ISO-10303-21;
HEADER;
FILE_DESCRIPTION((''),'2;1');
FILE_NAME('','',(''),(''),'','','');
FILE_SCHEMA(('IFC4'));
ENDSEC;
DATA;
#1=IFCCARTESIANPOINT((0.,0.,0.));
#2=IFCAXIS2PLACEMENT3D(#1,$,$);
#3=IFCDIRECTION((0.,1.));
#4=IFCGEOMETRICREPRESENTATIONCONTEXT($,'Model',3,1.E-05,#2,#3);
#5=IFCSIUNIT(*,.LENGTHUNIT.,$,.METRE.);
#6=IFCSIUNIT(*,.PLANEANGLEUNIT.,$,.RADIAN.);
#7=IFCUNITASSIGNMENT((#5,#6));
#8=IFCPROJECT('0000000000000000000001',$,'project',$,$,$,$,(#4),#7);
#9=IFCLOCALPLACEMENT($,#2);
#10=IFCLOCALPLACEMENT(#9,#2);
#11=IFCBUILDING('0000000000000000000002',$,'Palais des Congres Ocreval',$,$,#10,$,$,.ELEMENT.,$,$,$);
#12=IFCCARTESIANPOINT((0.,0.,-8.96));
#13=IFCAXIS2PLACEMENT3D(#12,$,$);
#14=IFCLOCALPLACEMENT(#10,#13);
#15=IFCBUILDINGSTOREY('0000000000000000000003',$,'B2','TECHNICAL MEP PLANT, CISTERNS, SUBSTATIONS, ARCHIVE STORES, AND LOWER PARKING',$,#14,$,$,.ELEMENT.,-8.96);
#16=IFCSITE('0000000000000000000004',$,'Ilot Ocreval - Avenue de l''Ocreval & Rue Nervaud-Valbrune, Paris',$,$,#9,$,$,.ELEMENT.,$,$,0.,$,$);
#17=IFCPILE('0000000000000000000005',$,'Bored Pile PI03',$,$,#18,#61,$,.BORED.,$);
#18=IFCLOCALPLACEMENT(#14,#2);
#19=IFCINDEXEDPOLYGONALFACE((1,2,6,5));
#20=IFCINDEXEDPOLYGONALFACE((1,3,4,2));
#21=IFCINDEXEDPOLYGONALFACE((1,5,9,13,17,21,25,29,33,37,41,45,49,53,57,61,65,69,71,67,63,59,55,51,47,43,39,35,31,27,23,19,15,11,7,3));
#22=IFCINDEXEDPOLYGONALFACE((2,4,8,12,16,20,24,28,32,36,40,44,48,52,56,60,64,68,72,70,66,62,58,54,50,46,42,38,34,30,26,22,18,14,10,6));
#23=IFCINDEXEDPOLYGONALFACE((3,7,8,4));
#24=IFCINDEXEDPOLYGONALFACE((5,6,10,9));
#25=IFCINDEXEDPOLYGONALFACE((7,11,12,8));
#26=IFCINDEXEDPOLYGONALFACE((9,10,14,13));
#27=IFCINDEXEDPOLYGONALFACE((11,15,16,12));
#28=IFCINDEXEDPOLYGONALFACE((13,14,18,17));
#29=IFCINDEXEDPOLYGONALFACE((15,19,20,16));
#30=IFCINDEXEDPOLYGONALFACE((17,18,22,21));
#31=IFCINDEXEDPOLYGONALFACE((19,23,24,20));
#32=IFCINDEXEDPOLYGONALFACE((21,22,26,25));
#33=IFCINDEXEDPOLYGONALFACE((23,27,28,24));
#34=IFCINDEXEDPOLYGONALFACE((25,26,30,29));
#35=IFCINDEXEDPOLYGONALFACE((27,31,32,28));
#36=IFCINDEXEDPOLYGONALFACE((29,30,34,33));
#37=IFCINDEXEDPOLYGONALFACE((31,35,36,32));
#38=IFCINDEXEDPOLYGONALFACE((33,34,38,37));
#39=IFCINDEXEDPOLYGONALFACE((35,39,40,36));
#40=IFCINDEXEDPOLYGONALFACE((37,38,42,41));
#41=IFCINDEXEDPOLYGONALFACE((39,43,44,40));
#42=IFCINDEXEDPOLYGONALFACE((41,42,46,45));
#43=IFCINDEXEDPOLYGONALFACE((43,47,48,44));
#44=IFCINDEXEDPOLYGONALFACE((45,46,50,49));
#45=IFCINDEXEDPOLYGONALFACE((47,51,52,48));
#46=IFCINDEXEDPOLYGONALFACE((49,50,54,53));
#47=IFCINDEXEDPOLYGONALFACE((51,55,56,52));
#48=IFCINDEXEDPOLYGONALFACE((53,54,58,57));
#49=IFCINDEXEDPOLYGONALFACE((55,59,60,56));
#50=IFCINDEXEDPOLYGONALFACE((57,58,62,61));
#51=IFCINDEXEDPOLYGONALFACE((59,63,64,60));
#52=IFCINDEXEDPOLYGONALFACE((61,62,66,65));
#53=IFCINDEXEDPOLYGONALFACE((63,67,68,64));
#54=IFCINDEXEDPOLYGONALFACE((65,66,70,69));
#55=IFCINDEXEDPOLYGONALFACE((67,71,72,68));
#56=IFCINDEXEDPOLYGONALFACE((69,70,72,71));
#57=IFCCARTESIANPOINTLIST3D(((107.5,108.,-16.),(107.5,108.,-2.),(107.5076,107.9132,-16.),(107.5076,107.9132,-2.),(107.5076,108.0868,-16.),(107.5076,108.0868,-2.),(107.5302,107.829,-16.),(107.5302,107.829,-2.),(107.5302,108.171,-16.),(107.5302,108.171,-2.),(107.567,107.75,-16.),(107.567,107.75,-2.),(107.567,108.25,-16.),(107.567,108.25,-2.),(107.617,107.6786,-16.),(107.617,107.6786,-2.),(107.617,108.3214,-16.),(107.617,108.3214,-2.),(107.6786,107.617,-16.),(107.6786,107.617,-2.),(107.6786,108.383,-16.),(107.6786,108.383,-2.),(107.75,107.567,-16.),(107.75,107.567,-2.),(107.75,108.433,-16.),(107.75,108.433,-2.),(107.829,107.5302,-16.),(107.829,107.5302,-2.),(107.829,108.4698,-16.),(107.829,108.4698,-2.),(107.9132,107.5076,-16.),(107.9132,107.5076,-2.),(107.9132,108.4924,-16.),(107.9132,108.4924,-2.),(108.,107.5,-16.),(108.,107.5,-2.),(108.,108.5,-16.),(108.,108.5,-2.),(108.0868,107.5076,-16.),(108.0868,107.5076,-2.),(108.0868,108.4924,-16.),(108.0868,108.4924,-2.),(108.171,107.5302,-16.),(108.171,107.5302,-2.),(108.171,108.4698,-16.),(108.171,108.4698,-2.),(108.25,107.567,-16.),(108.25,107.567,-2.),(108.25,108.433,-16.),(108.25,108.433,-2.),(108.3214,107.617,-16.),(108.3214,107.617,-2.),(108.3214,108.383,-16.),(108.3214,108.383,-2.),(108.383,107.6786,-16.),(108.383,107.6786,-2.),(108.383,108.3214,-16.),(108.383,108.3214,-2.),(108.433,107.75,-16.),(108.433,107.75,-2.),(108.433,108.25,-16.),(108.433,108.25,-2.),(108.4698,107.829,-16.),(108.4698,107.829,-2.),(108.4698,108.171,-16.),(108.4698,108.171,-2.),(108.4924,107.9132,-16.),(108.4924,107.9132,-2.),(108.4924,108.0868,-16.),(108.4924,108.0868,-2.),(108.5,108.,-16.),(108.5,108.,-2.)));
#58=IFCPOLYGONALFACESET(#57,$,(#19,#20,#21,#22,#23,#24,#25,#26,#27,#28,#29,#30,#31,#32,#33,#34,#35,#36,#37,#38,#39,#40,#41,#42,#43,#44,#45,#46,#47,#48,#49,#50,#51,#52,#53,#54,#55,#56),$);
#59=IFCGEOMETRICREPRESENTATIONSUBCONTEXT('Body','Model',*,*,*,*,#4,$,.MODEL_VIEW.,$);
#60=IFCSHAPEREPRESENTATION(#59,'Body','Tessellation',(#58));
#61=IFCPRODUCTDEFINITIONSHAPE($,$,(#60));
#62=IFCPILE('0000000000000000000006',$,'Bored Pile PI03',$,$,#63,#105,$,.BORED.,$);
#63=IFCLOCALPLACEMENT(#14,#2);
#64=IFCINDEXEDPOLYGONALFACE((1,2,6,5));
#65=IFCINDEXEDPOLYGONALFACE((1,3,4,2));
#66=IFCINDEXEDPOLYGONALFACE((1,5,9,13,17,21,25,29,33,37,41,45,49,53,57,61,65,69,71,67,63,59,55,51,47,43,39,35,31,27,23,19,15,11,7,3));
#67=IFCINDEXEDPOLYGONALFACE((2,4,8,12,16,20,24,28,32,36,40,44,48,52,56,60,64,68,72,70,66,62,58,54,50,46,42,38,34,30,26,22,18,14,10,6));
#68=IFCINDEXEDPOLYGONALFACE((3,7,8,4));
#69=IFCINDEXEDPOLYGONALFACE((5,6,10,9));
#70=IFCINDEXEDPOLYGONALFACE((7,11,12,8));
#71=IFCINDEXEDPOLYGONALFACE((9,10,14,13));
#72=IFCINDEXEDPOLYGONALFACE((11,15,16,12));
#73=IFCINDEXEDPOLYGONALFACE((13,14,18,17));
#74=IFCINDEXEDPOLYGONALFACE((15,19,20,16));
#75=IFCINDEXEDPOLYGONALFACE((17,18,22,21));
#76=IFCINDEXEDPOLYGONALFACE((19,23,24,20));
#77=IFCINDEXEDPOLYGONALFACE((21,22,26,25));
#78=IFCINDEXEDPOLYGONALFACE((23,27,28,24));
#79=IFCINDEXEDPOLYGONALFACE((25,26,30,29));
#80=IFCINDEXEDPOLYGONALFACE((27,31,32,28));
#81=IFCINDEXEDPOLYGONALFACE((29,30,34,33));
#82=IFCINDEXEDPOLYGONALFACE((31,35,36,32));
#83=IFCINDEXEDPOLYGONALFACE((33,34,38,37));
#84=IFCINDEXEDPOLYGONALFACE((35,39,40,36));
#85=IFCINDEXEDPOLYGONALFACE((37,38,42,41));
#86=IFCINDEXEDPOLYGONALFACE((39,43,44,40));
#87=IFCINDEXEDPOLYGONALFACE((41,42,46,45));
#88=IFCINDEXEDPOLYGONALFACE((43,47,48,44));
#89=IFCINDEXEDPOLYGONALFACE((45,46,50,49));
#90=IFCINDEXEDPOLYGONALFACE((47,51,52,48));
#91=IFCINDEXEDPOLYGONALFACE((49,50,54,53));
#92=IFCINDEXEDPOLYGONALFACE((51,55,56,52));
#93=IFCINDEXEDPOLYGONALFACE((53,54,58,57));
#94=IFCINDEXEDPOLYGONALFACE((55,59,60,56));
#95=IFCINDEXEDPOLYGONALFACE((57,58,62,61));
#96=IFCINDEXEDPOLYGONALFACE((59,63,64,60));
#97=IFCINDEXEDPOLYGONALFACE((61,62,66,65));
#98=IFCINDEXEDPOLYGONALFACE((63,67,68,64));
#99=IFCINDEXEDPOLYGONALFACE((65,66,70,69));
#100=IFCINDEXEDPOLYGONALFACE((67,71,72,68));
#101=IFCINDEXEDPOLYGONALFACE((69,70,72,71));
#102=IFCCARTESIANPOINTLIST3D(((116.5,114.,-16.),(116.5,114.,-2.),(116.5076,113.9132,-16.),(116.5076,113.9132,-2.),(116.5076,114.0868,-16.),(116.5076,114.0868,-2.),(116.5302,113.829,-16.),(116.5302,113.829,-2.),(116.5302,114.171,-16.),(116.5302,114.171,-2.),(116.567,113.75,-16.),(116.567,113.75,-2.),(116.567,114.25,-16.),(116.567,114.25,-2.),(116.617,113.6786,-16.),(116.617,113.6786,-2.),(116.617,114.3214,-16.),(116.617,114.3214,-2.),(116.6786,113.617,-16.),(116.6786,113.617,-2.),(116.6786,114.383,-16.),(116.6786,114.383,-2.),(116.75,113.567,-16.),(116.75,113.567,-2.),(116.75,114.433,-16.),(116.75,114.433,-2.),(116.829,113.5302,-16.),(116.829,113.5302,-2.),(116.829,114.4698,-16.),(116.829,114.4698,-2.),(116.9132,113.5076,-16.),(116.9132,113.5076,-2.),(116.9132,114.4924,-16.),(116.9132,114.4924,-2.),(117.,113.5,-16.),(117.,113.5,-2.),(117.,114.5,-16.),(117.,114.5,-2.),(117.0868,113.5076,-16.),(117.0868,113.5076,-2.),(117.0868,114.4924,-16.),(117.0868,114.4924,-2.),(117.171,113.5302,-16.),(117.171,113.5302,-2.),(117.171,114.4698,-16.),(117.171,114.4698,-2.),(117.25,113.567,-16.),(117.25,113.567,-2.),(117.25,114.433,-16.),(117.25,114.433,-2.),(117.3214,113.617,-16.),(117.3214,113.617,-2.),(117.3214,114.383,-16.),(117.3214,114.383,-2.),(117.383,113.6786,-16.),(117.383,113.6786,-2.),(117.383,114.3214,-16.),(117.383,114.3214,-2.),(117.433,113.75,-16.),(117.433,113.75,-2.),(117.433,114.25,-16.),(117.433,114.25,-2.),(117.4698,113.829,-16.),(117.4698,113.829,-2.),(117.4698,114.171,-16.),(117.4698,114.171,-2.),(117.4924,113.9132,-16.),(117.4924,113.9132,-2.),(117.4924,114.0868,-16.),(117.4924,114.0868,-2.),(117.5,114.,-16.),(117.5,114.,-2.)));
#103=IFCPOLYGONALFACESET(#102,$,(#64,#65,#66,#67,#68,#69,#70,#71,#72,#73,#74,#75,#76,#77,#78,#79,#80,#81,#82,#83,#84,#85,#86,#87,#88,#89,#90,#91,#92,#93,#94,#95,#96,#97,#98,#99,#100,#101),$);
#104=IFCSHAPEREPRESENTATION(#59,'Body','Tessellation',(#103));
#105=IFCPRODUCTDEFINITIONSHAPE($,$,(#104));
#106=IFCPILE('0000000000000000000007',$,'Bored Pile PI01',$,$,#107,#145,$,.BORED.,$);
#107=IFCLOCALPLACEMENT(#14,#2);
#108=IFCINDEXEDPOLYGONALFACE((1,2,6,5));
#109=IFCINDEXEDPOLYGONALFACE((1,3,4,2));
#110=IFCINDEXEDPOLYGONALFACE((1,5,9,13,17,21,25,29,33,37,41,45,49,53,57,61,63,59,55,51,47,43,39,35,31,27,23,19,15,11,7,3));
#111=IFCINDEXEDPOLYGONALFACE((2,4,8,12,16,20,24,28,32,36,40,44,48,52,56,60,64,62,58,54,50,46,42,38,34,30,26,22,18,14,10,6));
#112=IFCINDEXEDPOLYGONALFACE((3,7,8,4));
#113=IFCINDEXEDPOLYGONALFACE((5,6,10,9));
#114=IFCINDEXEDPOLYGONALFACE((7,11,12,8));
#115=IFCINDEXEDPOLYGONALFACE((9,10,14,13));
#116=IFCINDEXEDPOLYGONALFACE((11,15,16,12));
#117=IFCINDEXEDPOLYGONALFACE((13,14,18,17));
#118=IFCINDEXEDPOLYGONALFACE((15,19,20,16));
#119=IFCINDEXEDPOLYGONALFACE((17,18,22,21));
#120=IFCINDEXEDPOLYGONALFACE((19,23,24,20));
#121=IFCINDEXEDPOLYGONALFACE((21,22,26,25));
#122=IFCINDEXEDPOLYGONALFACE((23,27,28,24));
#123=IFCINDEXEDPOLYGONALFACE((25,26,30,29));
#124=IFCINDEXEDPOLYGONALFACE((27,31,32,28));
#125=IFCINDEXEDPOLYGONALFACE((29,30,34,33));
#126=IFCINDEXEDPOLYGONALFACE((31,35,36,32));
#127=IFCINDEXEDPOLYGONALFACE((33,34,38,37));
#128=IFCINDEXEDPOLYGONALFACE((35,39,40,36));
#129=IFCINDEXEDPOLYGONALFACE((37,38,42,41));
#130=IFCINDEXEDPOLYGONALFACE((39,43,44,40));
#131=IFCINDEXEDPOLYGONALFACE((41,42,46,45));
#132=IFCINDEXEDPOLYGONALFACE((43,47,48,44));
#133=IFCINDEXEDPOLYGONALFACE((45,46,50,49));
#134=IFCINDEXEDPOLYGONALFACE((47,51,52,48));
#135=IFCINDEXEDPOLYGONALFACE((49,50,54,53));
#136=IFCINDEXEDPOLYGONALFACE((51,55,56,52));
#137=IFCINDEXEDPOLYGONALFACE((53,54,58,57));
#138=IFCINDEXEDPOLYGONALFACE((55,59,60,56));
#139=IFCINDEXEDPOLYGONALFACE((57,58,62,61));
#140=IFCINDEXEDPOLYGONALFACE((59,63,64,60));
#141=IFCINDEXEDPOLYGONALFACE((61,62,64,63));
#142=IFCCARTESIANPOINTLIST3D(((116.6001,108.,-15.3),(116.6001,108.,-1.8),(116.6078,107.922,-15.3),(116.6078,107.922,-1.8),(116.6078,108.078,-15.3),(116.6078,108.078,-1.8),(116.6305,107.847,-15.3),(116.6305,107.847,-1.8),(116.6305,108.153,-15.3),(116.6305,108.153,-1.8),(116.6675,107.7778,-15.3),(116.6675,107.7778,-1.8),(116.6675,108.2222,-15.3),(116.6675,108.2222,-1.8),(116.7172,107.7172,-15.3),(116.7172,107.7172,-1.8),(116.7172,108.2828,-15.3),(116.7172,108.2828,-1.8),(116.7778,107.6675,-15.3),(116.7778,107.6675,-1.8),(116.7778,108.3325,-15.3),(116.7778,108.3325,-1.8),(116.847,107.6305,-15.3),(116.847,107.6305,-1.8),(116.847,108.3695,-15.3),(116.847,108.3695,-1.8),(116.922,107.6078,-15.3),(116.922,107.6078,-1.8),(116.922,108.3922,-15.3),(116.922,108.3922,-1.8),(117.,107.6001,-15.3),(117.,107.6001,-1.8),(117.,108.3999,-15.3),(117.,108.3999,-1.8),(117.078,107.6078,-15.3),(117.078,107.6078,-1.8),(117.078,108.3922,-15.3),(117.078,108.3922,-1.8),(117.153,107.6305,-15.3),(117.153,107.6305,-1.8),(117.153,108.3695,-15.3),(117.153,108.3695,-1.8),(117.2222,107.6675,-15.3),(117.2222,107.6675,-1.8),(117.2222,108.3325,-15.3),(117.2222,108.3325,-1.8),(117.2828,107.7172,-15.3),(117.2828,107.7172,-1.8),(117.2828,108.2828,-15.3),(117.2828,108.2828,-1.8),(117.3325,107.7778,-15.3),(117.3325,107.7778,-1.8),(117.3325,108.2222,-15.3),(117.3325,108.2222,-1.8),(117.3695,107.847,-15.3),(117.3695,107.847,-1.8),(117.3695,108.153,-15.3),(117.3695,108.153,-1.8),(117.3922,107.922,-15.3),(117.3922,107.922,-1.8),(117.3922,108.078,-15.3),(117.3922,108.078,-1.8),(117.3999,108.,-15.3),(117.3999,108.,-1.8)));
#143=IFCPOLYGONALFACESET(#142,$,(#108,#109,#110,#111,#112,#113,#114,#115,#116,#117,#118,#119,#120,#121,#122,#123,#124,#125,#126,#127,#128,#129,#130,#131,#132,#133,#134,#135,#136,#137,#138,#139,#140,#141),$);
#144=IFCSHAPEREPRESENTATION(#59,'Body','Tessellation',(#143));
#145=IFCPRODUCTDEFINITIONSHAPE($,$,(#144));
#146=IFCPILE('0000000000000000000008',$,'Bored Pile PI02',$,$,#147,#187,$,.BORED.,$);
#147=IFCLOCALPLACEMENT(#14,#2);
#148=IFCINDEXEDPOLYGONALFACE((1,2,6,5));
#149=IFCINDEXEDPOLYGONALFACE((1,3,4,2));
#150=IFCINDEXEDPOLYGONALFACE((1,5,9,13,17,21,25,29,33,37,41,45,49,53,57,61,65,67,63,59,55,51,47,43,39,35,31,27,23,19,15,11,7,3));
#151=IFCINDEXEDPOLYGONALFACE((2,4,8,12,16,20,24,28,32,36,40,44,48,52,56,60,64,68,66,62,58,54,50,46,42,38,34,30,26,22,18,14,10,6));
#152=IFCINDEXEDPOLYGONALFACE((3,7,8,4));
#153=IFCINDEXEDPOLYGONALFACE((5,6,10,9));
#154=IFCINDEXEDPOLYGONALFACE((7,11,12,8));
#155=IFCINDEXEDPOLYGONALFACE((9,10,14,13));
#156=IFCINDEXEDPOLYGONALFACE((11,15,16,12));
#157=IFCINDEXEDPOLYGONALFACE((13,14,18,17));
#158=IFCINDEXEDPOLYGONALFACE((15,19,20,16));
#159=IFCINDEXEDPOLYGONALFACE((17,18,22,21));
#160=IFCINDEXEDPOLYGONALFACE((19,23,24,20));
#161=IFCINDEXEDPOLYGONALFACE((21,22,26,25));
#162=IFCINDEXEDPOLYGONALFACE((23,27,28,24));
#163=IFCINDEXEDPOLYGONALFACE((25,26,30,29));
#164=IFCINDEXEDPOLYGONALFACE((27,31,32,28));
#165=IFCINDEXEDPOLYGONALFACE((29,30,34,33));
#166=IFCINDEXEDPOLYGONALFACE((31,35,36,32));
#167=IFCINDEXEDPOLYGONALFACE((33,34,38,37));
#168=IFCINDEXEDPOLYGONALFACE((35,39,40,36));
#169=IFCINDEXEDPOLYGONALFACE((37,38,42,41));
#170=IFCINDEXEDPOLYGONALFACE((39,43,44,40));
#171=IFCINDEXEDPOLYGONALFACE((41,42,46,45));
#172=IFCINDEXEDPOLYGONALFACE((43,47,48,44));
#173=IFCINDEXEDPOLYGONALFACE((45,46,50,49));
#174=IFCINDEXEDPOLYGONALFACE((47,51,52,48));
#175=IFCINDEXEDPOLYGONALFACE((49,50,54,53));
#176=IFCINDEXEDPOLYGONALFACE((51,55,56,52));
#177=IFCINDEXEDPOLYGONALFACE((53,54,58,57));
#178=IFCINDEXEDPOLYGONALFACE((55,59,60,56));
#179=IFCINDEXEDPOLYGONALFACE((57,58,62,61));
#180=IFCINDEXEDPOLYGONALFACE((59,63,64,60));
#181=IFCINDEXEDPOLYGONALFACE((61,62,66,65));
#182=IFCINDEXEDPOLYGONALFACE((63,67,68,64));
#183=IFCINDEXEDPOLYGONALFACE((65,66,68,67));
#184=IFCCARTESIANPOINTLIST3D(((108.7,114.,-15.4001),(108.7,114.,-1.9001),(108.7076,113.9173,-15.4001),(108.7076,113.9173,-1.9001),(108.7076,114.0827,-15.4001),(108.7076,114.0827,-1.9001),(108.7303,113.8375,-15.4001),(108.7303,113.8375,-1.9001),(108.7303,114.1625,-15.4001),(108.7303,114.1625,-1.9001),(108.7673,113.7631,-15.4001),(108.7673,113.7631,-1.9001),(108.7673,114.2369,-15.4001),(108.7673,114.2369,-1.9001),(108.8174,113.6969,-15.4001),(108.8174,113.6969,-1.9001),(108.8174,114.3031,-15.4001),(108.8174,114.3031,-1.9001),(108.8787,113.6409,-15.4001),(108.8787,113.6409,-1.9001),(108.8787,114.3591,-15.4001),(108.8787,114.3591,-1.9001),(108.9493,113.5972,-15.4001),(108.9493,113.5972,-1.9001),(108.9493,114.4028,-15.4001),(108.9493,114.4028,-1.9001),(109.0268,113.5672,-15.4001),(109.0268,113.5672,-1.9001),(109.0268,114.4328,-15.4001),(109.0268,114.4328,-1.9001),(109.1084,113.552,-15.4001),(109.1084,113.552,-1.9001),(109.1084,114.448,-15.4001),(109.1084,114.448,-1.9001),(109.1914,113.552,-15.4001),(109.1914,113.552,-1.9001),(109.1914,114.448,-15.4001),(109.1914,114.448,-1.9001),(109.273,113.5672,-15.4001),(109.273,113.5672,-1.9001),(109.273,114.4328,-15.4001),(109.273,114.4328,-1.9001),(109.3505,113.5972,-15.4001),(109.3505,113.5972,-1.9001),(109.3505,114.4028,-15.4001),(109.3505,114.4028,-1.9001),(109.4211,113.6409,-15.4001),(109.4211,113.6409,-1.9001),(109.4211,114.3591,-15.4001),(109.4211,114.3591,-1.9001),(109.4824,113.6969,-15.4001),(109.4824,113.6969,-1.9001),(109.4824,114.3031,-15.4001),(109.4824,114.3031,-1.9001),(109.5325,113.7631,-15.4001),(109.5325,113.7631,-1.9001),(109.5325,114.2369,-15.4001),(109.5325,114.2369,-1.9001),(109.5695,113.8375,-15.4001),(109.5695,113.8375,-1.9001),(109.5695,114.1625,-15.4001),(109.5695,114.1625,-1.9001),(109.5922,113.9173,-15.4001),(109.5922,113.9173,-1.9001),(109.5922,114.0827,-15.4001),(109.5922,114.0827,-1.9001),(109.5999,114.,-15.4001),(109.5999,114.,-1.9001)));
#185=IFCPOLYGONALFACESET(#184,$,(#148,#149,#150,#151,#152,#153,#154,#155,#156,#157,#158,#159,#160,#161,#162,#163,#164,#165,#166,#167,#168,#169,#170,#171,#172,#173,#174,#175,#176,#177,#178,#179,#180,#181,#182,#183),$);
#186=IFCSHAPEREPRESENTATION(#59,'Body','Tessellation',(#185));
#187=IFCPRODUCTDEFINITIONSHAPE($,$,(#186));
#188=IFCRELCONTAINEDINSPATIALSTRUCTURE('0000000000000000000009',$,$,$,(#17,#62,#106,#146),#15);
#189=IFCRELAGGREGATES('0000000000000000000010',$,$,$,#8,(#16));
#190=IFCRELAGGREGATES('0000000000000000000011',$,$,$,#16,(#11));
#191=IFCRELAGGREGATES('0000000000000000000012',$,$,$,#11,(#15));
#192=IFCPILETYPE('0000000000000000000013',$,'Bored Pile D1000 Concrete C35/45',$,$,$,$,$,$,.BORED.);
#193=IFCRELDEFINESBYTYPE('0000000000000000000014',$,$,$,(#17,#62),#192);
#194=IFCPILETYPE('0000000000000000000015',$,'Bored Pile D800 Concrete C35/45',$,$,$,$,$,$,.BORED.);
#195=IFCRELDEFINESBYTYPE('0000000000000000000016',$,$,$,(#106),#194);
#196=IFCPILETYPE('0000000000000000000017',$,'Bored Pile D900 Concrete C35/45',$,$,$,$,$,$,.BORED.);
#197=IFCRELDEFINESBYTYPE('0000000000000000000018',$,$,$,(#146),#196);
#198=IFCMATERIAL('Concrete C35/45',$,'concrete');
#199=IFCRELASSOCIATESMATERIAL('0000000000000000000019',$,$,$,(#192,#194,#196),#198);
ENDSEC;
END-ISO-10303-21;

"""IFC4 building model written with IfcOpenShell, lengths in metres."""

from ifc_helpers import new_model, si_unit, direction, frame, origin, origin_2d, place, context, subcontext, project, spatial, circle, extrude, material, material_profile, profile_set, type_object, element, save


model = new_model("IFC4")

# Units and contexts
model_context = context("Model", 3, precision=1e-05, world=origin(), true_north=direction((0.0, 1.0)))
body_context = subcontext(model_context, "Body", "Model", "MODEL_VIEW")
ifc_project = project(units=[si_unit("LENGTHUNIT", "METRE"), si_unit("PLANEANGLEUNIT", "RADIAN")], contexts=[model_context])

# Site, building, storey
site_placement = place(None, origin())
site = spatial("IfcSite", under=ifc_project, at=site_placement, Name="Ilot Ocreval - Avenue de l'Ocreval & Rue Nervaud-Valbrune, Paris", CompositionType="ELEMENT", RefElevation=0.0)
building_placement = place(site_placement, origin())
building = spatial("IfcBuilding", under=site, at=building_placement, Name="Palais des Congres Ocreval", CompositionType="ELEMENT")
storey_placement = place(building_placement, frame((0.0, 0.0, -8.96)))
storey = spatial("IfcBuildingStorey", under=building, at=storey_placement, Name="B2", Description="TECHNICAL MEP PLANT, CISTERNS, SUBSTATIONS, ARCHIVE STORES, AND LOWER PARKING", CompositionType="ELEMENT", Elevation=-8.96)

# Piles
ifc_material_1 = material(Name="Concrete C35/45", Category="concrete")
ifc_material_profile_1 = material_profile(ifc_material_1, circle(Radius=0.5, at=origin_2d()), Name="BORED PILE 1000")
ifc_profile_set_1 = profile_set([ifc_material_profile_1], Name="Concrete C35/45")
pile_type_1 = type_object("IfcPileType", Name="Bored Pile D1000 Concrete C35/45", PredefinedType="BORED", material=ifc_profile_set_1)
for number, where, z_axis, x_axis, name in (
    (1, (108.0, 108.0, -2.0), (0.0, 0.0, -1.0), (1.0, 0.0, 0.0), "Bored Pile PI03"),
    (2, (117.0, 114.0, -2.0), (0.0, 0.0, -1.0), (1.0, 0.0, 0.0), "Bored Pile PI03"),
):
    element("IfcPile", number, at=place(storey_placement, frame(where, z_axis=z_axis, x_axis=x_axis)), inside=storey, type_object=pile_type_1, Name=name, PredefinedType="BORED", context=body_context, shape_type="SweptSolid", body=[
        extrude(circle(Radius=0.5, at=origin_2d()), origin(), (0.0, 0.0, 1.0), 14.0),
    ])
ifc_material_profile_2 = material_profile(ifc_material_1, circle(Radius=0.3999, at=origin_2d()), Name="BORED PILE 800")
ifc_profile_set_2 = profile_set([ifc_material_profile_2], Name="Concrete C35/45")
pile_type_2 = type_object("IfcPileType", Name="Bored Pile D800 Concrete C35/45", PredefinedType="BORED", material=ifc_profile_set_2)
pile_placement = place(storey_placement, frame((117.0, 108.0, -1.8), z_axis=(0.0, 0.0, -1.0), x_axis=(1.0, 0.0, 0.0)))
element("IfcPile", 3, at=pile_placement, inside=storey, type_object=pile_type_2, Name="Bored Pile PI01", PredefinedType="BORED", context=body_context, shape_type="SweptSolid", body=[
    extrude(circle(Radius=0.3999, at=origin_2d()), origin(), (0.0, 0.0, 1.0), 13.5),
])
ifc_material_profile_3 = material_profile(ifc_material_1, circle(Radius=0.45, at=origin_2d()), Name="BORED PILE 900")
ifc_profile_set_3 = profile_set([ifc_material_profile_3], Name="Concrete C35/45")
pile_type_3 = type_object("IfcPileType", Name="Bored Pile D900 Concrete C35/45", PredefinedType="BORED", material=ifc_profile_set_3)
for number, where, z_axis, x_axis, name in (
    (4, (109.1499, 114.0, -1.9001), (0.0, 0.0, -1.0), (1.0, 0.0, 0.0), "Bored Pile PI02"),
):
    element("IfcPile", number, at=place(storey_placement, frame(where, z_axis=z_axis, x_axis=x_axis)), inside=storey, type_object=pile_type_3, Name=name, PredefinedType="BORED", context=body_context, shape_type="SweptSolid", body=[
        extrude(circle(Radius=0.45, at=origin_2d()), origin(), (0.0, 0.0, 1.0), 13.5),
    ])

save(model, "model.ifc")
